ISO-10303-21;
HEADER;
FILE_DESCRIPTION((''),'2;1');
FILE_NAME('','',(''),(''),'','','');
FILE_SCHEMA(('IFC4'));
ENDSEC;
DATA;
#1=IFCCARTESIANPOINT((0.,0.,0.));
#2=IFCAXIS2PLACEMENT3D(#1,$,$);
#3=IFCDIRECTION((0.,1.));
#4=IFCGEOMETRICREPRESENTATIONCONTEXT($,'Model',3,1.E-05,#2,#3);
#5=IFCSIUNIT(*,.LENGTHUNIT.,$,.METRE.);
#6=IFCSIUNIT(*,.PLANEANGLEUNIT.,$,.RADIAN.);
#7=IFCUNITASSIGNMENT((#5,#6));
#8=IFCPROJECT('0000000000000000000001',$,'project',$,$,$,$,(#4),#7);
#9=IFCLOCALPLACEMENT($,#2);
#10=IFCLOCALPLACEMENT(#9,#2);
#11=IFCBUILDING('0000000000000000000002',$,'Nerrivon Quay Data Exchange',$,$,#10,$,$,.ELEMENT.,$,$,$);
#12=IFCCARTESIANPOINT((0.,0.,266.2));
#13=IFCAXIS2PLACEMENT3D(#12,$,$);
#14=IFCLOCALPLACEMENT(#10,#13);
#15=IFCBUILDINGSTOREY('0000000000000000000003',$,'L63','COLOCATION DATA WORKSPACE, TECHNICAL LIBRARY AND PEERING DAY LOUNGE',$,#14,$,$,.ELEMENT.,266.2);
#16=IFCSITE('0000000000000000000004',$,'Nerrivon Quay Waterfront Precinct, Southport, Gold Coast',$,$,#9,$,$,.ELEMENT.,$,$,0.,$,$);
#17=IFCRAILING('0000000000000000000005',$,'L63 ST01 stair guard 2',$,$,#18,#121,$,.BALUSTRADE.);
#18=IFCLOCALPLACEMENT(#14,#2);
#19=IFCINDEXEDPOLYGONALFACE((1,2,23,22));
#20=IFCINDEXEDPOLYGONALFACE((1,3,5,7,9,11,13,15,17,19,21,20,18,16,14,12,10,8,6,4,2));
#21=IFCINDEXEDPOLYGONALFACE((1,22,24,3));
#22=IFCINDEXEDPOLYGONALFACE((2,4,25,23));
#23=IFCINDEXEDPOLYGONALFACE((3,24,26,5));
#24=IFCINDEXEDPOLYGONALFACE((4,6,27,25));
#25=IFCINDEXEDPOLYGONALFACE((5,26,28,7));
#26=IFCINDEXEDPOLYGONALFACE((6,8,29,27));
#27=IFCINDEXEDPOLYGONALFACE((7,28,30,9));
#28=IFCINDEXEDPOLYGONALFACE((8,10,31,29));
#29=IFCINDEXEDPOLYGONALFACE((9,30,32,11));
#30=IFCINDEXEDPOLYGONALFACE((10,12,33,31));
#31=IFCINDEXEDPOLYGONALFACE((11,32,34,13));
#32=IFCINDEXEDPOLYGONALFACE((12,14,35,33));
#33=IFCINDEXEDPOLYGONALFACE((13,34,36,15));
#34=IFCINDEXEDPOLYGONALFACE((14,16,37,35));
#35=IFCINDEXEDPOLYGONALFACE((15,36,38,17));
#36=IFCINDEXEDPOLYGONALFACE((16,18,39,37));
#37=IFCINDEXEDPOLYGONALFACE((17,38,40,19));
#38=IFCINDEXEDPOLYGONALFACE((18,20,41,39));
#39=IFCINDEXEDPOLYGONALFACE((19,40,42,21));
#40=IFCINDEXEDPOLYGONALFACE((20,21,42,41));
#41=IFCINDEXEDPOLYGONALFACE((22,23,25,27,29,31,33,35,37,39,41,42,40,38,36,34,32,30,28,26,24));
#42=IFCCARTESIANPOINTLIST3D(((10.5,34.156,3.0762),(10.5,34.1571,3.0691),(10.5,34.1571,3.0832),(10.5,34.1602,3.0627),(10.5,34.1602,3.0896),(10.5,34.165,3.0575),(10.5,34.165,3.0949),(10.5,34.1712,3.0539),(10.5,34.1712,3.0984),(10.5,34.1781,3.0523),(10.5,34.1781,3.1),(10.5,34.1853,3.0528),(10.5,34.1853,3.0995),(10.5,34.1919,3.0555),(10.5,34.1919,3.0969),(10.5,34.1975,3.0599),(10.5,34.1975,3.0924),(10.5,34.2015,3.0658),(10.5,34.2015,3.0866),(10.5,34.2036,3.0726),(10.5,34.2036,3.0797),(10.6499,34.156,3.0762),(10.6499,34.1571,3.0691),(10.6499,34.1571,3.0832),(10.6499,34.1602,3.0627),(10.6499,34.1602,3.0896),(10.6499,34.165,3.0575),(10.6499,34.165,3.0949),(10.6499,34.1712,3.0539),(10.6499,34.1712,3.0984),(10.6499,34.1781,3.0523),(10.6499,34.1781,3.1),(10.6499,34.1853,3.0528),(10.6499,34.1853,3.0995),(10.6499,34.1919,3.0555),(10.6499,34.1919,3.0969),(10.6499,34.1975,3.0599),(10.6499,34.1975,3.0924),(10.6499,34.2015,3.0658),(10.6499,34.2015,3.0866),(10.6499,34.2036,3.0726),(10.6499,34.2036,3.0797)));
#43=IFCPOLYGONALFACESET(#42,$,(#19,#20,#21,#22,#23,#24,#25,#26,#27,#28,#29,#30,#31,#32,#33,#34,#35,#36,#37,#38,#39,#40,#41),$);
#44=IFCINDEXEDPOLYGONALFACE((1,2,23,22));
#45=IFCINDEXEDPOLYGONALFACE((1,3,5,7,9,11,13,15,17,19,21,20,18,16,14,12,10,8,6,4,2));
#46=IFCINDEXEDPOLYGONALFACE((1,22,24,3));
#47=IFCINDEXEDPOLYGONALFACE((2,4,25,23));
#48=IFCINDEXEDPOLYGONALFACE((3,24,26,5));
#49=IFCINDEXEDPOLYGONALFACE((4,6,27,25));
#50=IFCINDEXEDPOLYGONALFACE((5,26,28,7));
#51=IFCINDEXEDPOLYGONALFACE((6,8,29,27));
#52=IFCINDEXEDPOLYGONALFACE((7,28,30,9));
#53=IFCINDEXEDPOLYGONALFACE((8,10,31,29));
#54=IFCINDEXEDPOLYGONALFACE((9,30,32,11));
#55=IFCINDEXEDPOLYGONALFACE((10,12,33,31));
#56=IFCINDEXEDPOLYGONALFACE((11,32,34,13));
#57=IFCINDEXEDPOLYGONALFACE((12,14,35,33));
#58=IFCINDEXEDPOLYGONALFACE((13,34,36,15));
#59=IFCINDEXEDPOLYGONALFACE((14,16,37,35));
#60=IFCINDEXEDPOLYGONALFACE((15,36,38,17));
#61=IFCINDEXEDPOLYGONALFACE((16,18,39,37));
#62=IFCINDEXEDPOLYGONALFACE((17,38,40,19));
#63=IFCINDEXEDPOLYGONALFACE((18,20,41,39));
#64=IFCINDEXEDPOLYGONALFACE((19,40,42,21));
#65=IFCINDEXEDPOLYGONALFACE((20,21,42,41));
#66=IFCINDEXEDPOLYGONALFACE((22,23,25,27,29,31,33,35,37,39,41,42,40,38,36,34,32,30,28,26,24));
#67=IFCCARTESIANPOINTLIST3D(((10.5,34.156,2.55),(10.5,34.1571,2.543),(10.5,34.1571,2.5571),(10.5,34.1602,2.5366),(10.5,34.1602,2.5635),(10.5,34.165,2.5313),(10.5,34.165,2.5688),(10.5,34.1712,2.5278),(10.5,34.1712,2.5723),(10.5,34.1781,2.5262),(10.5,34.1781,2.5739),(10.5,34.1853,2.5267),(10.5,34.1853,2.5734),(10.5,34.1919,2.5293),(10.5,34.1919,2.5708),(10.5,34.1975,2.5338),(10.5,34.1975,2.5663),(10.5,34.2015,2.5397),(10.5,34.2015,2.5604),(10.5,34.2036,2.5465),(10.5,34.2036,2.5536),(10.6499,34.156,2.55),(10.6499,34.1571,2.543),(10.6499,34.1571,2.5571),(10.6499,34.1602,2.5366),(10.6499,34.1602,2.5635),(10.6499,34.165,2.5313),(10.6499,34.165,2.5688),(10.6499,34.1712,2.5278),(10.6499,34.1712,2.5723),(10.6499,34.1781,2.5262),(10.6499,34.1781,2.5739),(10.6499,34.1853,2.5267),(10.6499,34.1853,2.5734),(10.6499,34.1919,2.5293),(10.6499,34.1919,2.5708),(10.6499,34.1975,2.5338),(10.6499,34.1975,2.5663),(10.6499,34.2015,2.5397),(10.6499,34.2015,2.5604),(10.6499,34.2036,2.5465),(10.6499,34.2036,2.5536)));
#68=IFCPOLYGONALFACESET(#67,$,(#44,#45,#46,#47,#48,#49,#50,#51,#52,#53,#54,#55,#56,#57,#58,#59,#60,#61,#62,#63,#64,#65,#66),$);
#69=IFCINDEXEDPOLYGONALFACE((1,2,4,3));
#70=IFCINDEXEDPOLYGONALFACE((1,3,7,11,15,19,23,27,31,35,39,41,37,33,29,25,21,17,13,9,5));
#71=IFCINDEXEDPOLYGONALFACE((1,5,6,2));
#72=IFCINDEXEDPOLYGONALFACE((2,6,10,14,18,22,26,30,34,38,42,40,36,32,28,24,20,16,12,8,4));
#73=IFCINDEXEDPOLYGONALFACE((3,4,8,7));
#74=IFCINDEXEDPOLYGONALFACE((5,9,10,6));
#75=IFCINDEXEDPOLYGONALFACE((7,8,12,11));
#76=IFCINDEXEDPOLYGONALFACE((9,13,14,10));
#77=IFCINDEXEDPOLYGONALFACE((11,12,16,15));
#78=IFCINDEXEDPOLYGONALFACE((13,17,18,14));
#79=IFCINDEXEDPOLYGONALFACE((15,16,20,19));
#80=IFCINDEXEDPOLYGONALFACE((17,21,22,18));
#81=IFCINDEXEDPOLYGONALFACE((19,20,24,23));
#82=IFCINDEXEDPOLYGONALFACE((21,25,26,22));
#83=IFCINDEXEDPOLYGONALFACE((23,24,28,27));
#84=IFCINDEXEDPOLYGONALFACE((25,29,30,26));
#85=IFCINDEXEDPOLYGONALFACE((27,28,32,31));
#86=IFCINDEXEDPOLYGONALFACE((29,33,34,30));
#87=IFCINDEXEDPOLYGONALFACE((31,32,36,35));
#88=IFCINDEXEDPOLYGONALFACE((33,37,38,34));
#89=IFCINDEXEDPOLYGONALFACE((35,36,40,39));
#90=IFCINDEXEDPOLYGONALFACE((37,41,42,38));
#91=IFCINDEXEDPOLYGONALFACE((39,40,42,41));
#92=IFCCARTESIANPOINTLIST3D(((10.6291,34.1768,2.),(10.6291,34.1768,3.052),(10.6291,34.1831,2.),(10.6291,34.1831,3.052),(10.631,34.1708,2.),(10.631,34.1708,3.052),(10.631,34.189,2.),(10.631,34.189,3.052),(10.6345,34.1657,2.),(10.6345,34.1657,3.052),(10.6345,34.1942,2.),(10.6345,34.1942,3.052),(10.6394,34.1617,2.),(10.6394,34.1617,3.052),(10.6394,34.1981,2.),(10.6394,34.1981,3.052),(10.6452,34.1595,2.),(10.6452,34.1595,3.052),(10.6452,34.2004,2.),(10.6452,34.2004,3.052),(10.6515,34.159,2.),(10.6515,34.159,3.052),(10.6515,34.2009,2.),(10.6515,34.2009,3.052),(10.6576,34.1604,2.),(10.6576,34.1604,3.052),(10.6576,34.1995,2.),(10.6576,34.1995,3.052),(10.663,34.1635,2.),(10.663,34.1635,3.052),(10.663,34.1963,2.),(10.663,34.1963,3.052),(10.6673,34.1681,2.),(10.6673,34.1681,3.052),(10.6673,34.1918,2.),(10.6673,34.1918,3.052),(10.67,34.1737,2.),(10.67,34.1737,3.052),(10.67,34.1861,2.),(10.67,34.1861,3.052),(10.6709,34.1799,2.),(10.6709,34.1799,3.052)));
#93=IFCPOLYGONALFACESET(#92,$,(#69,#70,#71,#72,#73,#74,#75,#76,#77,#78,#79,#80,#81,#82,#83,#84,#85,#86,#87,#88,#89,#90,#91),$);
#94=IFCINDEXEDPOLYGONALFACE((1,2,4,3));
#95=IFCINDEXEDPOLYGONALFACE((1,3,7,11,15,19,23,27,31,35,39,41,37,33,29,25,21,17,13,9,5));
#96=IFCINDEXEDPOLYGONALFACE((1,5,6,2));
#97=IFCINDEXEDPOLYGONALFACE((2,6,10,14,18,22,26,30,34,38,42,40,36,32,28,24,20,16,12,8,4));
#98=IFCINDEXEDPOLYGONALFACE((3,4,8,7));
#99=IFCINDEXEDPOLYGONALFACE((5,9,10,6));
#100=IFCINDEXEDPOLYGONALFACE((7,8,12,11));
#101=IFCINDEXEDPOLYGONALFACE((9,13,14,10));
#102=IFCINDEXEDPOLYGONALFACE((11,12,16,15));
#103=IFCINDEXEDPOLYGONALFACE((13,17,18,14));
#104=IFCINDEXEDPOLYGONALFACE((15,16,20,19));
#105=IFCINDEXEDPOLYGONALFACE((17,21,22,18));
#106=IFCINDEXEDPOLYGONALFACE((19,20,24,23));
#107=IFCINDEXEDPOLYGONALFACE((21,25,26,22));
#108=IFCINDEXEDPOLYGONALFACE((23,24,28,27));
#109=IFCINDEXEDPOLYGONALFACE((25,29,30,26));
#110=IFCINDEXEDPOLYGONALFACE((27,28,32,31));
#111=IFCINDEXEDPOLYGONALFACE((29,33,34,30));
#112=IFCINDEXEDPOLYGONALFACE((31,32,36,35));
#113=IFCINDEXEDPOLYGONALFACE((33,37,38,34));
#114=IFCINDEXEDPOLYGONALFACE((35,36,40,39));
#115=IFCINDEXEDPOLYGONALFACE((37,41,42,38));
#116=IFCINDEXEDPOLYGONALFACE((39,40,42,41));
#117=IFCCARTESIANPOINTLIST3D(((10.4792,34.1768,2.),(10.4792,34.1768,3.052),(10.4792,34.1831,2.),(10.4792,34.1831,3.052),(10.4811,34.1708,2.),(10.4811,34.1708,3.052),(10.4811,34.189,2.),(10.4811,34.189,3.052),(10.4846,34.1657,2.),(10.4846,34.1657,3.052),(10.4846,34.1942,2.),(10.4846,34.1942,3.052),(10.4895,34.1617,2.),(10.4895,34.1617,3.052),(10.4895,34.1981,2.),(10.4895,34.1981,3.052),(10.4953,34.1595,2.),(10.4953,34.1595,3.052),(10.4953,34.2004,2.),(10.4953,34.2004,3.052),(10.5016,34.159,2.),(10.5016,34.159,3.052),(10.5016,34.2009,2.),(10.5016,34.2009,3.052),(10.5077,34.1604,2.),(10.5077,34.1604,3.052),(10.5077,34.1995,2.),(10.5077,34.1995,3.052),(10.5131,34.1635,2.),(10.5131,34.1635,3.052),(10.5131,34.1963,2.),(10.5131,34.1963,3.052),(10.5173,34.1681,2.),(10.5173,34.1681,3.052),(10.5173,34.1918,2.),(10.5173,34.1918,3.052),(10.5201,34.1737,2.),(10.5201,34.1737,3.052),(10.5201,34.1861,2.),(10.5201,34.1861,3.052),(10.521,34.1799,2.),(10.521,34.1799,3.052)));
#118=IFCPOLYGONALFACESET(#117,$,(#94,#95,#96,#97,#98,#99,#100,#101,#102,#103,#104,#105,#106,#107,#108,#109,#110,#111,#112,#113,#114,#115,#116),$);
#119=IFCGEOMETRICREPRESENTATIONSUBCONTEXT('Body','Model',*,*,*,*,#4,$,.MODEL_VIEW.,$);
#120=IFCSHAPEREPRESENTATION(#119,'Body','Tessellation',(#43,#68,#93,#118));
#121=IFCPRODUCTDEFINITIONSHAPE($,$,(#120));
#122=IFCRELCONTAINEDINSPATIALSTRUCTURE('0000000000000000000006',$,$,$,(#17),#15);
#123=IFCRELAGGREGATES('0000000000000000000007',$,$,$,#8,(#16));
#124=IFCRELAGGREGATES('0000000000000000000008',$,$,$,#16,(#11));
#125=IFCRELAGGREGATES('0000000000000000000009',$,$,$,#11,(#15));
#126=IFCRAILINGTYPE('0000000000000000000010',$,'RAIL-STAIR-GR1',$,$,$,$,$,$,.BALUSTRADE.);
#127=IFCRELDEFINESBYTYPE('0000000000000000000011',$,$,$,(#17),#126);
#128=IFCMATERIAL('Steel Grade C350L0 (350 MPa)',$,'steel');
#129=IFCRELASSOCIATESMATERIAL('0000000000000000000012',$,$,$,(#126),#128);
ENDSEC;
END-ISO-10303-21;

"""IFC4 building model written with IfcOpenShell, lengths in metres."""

from ifc_helpers import new_model, si_unit, direction, frame, origin, origin_2d, place, context, subcontext, project, spatial, circle, extrude, material, type_object, element, save


model = new_model("IFC4")

# Units and contexts
model_context = context("Model", 3, precision=1e-05, world=origin(), true_north=direction((0.0, 1.0)))
body_context = subcontext(model_context, "Body", "Model", "MODEL_VIEW")
ifc_project = project(units=[si_unit("LENGTHUNIT", "METRE"), si_unit("PLANEANGLEUNIT", "RADIAN")], contexts=[model_context])

# Site, building, storey
site_placement = place(None, origin())
site = spatial("IfcSite", under=ifc_project, at=site_placement, Name="Nerrivon Quay Waterfront Precinct, Southport, Gold Coast", CompositionType="ELEMENT", RefElevation=0.0)
building_placement = place(site_placement, origin())
building = spatial("IfcBuilding", under=site, at=building_placement, Name="Nerrivon Quay Data Exchange", CompositionType="ELEMENT")
storey_placement = place(building_placement, frame((0.0, 0.0, 266.2)))
storey = spatial("IfcBuildingStorey", under=building, at=storey_placement, Name="L63", Description="COLOCATION DATA WORKSPACE, TECHNICAL LIBRARY AND PEERING DAY LOUNGE", CompositionType="ELEMENT", Elevation=266.2)

# Shared definitions
ifc_material_1 = material(Name="Steel Grade C350L0 (350 MPa)", Category="steel")

# Railing
railing_type_1 = type_object("IfcRailingType", Name="RAIL-STAIR-GR1", PredefinedType="BALUSTRADE", material=ifc_material_1)
railing_1_placement = place(storey_placement, frame((10.6499, 34.1799, 2.0)))
element("IfcRailing", 1, at=railing_1_placement, inside=storey, type_object=railing_type_1, Name="L63 ST01 stair guard 2", PredefinedType="BALUSTRADE", context=body_context, shape_type="SweptSolid", body=[
    extrude(circle(Radius=0.0239, at=origin_2d()), frame((0.0, 0.0, 1.0762), z_axis=(-1.0, 0.0, 0.0), x_axis=(0.0, -1.0, 0.0)), (0.0, 0.0, 1.0), 0.1499),
    extrude(circle(Radius=0.0239, at=origin_2d()), frame((0.0, 0.0, 0.55), z_axis=(-1.0, 0.0, 0.0), x_axis=(0.0, -1.0, 0.0)), (0.0, 0.0, 1.0), 0.1499),
    extrude(circle(Radius=0.021, at=origin_2d()), origin(), (0.0, 0.0, 1.0), 1.052),
    extrude(circle(Radius=0.021, at=origin_2d()), frame((-0.1499, 0.0, 0.0)), (0.0, 0.0, 1.0), 1.052),
])

save(model, "model.ifc")
